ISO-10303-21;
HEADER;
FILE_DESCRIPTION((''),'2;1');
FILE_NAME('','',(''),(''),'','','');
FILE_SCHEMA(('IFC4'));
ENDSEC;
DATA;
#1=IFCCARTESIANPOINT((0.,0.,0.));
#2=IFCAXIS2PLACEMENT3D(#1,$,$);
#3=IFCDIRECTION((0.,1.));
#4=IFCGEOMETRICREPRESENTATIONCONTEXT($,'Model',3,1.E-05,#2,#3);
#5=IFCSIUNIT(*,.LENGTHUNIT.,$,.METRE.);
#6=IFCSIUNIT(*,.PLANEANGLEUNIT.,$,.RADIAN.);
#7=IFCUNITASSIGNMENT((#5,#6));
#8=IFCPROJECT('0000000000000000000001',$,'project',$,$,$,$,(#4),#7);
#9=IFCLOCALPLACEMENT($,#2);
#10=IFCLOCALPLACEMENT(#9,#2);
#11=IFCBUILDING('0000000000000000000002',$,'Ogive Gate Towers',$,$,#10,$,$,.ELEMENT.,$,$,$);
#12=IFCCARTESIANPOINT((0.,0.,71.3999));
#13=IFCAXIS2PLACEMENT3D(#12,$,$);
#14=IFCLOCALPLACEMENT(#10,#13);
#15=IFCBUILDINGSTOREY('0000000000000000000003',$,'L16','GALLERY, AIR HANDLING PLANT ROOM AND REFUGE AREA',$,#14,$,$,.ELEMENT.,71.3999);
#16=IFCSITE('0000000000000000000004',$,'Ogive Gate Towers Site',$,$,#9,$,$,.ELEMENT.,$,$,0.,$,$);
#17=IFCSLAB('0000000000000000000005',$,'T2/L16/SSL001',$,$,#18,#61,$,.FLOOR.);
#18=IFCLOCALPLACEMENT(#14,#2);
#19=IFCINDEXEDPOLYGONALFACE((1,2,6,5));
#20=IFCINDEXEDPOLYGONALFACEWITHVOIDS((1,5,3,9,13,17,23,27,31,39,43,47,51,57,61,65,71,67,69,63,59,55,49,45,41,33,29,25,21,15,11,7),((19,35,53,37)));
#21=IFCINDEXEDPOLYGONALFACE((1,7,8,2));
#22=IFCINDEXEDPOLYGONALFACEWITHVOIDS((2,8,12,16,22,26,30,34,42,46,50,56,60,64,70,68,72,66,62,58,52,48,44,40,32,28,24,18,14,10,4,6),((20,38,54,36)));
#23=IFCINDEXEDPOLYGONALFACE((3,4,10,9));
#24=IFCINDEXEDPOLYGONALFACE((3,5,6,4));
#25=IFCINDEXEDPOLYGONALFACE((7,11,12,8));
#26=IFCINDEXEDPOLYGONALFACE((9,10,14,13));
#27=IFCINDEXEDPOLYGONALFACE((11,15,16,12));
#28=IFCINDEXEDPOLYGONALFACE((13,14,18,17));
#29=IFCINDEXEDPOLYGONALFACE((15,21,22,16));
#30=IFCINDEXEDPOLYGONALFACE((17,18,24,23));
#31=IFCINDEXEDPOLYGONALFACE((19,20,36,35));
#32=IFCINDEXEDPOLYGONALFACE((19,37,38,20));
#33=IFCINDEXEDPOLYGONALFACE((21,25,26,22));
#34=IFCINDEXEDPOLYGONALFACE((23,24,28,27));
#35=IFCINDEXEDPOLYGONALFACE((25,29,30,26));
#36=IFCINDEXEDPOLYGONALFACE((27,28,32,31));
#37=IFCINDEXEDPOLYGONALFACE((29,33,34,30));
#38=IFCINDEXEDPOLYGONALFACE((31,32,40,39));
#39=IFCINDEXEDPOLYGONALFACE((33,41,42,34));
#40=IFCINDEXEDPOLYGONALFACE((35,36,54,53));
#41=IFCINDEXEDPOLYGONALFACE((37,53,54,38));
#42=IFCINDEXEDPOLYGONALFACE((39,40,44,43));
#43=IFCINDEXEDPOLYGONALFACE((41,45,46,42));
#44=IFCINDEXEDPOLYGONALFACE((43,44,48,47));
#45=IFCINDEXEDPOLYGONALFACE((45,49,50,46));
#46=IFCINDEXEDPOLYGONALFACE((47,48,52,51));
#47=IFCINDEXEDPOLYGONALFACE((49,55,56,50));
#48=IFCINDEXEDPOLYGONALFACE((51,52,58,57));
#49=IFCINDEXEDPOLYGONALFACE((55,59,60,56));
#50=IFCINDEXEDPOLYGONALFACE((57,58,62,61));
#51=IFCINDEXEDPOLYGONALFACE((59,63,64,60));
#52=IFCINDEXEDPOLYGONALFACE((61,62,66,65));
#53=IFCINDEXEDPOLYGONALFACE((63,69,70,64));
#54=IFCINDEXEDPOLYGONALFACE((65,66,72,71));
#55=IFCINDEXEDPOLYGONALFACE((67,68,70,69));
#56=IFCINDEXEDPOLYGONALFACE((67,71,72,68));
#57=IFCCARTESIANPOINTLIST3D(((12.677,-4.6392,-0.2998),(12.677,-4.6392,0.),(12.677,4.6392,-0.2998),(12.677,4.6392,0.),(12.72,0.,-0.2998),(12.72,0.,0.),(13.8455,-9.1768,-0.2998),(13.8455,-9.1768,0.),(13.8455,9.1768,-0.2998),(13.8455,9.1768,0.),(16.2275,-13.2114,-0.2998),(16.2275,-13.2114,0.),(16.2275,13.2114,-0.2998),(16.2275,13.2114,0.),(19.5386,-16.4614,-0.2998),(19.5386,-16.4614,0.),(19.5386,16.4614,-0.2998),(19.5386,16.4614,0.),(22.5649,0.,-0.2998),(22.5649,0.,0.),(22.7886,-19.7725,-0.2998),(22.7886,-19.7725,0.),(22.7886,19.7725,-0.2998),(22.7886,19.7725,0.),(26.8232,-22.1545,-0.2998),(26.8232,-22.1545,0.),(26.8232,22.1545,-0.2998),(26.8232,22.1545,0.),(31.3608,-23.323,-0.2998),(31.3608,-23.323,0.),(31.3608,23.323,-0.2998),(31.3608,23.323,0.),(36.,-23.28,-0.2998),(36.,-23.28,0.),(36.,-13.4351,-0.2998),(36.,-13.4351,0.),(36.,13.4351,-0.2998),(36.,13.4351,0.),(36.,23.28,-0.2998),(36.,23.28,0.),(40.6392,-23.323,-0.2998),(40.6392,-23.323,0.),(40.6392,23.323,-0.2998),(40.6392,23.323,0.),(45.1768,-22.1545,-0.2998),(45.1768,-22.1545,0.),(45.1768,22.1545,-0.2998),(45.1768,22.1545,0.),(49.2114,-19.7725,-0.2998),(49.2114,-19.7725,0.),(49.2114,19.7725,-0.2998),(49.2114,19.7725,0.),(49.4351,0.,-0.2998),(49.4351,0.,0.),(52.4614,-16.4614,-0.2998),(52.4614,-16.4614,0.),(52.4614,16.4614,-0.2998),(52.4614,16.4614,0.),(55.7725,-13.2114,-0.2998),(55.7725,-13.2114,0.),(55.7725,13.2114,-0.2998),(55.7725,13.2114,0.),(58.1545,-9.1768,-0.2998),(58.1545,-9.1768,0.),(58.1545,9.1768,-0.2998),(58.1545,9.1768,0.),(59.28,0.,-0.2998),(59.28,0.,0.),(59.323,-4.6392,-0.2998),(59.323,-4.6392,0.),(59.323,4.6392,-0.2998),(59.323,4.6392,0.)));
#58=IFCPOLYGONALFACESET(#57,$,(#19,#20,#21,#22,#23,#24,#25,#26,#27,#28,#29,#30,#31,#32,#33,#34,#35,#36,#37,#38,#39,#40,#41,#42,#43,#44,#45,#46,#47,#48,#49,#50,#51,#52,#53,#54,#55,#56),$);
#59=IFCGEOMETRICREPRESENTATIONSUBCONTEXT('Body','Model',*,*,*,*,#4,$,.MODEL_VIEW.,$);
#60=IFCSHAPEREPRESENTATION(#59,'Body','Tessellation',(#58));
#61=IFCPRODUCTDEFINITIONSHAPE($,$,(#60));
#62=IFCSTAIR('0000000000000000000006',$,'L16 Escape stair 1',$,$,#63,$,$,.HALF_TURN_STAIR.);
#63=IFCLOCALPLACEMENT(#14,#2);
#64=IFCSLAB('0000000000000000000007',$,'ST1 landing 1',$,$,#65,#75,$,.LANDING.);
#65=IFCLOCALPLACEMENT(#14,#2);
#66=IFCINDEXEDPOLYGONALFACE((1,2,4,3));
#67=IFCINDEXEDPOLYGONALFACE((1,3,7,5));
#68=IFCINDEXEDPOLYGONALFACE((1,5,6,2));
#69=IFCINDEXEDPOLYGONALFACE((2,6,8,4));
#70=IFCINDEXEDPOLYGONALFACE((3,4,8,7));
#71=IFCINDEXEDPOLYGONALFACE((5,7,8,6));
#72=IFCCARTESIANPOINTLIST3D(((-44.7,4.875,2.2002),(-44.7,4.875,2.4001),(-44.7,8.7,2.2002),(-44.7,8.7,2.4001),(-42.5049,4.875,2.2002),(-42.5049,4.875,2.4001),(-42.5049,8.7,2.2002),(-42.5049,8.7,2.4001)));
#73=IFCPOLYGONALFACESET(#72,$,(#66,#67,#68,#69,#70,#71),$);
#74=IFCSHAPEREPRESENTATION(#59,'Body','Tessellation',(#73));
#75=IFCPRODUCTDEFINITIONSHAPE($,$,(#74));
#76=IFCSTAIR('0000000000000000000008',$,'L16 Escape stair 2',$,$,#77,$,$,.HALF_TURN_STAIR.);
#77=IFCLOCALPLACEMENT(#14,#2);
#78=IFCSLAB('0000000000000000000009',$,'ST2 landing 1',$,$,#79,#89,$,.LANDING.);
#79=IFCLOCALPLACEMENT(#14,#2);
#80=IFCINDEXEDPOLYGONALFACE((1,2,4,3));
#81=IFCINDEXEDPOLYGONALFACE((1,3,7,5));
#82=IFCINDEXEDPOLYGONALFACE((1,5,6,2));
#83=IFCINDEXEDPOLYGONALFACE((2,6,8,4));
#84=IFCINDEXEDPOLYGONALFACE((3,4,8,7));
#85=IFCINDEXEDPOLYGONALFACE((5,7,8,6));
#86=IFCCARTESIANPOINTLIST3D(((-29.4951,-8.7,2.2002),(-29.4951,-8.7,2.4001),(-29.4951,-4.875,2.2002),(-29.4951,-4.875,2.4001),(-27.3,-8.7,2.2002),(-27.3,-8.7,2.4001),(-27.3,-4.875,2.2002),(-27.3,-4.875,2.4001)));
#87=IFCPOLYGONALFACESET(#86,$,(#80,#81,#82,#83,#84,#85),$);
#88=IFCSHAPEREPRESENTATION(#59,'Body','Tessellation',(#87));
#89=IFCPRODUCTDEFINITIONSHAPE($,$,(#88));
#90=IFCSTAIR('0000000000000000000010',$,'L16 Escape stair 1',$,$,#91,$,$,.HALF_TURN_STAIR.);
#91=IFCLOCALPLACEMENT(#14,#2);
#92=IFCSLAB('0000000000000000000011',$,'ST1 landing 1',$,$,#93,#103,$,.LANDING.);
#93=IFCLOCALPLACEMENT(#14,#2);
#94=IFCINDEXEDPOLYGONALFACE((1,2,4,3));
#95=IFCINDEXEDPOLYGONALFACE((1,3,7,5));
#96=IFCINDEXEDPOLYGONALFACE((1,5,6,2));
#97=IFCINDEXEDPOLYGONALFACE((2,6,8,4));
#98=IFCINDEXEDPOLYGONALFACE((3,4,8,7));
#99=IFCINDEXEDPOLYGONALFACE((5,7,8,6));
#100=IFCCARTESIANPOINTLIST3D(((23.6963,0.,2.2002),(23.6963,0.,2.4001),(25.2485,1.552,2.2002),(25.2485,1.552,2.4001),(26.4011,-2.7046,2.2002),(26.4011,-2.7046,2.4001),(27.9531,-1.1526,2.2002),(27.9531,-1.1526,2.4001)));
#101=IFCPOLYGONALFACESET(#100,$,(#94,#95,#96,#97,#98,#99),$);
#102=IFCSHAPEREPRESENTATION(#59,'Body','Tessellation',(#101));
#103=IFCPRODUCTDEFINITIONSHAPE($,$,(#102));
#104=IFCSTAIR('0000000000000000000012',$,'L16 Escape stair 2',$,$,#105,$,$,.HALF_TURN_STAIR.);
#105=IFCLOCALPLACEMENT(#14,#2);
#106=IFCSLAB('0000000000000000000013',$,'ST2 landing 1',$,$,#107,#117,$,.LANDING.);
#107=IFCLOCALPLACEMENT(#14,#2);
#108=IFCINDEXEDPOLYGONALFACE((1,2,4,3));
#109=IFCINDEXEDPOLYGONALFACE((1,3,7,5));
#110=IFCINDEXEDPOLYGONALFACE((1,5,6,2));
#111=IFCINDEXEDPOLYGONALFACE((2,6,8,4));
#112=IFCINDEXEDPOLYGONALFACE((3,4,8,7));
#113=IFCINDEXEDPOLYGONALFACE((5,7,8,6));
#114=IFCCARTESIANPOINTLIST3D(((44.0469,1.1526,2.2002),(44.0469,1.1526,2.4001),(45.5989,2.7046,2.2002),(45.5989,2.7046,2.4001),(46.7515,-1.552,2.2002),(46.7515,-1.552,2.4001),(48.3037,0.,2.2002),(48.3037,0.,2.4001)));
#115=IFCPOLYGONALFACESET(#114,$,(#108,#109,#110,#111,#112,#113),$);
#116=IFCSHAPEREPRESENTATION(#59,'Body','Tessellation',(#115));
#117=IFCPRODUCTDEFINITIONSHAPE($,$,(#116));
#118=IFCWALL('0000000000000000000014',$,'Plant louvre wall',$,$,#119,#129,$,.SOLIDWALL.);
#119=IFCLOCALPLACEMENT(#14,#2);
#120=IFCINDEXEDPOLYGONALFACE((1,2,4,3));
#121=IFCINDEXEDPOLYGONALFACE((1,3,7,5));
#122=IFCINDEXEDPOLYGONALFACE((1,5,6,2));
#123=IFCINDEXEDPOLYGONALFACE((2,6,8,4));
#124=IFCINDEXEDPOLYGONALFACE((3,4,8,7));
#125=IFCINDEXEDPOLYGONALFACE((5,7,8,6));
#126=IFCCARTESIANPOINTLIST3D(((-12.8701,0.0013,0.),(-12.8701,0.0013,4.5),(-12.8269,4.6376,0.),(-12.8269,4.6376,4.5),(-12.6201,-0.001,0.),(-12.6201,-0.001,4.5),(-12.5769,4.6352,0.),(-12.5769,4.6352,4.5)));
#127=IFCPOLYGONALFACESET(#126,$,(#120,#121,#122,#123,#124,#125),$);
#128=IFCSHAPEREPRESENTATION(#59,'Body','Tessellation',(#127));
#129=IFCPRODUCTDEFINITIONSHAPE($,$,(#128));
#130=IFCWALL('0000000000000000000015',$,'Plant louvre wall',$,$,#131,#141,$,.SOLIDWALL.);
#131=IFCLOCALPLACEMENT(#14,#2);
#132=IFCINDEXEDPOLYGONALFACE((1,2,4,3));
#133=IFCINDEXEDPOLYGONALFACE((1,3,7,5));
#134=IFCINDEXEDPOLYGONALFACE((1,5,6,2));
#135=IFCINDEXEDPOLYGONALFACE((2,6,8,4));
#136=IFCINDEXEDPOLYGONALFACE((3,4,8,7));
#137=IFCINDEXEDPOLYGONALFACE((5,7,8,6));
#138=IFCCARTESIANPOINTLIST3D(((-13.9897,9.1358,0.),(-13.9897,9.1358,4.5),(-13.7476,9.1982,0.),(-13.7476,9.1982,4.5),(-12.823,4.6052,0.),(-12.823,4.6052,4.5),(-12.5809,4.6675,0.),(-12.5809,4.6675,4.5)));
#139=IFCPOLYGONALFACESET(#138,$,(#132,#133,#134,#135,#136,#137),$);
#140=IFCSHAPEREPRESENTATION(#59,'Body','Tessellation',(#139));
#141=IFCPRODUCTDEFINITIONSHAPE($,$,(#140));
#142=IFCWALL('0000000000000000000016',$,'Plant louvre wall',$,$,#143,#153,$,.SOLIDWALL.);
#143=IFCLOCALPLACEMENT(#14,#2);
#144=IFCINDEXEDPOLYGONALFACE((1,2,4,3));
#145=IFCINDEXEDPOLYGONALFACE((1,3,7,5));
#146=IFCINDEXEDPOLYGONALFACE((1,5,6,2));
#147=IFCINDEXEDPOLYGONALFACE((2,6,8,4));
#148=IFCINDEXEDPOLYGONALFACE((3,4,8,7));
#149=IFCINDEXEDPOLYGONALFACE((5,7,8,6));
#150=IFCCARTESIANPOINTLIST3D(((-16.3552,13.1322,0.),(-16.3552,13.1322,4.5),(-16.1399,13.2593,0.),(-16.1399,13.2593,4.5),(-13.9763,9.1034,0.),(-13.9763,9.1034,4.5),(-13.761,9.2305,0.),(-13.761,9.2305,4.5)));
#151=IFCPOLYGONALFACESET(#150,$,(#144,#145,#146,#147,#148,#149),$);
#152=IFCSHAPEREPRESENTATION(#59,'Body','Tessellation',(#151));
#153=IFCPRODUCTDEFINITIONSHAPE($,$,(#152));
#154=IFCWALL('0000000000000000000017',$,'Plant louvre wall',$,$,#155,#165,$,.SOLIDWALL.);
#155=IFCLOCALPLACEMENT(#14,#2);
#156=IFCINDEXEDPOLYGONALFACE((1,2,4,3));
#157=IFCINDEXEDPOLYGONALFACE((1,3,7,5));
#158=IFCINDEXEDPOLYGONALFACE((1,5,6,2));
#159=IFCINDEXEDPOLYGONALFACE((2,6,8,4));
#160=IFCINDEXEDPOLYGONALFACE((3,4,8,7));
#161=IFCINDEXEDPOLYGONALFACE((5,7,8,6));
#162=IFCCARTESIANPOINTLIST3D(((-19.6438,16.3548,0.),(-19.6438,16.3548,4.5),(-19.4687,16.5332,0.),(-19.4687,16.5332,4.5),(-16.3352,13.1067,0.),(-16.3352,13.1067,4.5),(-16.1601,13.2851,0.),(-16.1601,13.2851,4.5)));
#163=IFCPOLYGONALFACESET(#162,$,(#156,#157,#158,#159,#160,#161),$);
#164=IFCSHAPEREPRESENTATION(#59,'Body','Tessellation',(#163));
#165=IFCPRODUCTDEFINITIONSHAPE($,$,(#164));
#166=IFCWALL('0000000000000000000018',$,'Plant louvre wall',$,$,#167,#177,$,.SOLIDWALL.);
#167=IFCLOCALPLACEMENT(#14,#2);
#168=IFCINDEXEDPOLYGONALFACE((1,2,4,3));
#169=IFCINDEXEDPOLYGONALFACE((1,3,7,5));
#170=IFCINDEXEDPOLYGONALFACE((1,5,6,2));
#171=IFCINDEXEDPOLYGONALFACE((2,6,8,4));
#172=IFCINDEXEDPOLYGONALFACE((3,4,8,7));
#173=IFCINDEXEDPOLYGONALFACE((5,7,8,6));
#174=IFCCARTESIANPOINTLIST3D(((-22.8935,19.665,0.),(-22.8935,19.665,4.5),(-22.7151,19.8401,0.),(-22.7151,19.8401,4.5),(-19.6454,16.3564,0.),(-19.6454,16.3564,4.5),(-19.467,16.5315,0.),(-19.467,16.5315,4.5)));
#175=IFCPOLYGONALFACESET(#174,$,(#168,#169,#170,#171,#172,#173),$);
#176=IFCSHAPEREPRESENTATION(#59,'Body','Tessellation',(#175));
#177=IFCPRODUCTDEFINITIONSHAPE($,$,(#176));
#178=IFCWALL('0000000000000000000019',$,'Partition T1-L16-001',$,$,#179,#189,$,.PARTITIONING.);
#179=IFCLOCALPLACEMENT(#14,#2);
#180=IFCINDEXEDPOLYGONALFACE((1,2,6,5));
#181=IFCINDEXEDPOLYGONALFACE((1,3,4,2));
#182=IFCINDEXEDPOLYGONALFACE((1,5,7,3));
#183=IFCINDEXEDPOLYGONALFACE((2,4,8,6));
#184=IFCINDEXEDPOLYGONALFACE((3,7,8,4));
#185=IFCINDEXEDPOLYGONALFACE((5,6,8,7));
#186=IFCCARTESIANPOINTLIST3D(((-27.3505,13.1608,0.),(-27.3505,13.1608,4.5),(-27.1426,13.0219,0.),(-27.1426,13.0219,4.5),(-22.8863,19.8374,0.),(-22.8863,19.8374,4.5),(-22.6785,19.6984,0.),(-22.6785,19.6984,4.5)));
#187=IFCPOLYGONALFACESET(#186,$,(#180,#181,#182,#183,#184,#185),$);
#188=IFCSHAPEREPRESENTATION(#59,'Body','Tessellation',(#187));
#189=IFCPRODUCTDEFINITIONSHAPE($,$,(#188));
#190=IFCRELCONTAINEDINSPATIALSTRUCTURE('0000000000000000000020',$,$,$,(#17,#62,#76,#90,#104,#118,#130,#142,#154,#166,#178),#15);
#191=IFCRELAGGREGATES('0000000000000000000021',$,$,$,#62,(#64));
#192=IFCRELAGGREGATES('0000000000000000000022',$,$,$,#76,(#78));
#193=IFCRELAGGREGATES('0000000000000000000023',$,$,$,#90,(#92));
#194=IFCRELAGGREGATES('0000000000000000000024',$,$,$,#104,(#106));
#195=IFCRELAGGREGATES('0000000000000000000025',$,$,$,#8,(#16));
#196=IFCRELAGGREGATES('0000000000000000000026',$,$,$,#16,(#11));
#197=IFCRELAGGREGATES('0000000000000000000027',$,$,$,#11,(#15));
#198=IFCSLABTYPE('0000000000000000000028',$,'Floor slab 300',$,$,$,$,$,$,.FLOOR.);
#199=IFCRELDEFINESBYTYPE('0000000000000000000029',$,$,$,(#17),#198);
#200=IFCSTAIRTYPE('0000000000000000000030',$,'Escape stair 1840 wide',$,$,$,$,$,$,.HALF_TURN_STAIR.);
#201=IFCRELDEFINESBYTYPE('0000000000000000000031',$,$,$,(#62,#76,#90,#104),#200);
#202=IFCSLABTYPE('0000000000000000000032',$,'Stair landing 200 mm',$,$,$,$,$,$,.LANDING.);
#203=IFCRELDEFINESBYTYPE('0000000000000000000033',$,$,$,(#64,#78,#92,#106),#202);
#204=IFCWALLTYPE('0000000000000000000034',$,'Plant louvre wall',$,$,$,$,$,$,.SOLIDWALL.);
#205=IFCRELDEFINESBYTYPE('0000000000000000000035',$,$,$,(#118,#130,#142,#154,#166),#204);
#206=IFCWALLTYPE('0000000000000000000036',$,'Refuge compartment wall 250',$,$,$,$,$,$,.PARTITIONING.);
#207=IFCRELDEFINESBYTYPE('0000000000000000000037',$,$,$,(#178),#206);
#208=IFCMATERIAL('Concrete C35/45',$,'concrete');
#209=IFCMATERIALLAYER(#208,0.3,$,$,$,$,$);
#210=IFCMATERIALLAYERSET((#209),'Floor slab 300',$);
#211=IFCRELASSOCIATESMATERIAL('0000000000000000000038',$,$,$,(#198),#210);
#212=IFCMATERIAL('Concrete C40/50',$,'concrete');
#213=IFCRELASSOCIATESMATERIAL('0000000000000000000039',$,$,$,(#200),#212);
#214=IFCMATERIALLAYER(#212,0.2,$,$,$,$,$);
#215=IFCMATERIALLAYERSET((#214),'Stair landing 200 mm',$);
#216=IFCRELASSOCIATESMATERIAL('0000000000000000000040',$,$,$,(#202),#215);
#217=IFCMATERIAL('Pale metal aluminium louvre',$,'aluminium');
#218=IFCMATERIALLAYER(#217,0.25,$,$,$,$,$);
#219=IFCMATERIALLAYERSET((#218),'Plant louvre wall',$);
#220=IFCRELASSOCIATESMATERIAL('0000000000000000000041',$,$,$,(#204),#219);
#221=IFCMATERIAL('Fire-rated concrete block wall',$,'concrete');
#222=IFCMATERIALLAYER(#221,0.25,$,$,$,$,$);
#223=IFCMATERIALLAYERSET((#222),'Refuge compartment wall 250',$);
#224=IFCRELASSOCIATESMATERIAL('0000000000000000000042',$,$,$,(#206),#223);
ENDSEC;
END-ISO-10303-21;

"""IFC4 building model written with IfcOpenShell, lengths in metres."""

from ifc_helpers import new_model, si_unit, direction, frame, frame_2d, origin, place, context, subcontext, project, spatial, polyline, rectangle, outline, extrude, material, layer, layer_set, type_object, element, aggregate, save


model = new_model("IFC4")

# Units and contexts
model_context = context("Model", 3, precision=1e-05, world=origin(), true_north=direction((0.0, 1.0)))
body_context = subcontext(model_context, "Body", "Model", "MODEL_VIEW")
ifc_project = project(units=[si_unit("LENGTHUNIT", "METRE"), si_unit("PLANEANGLEUNIT", "RADIAN")], contexts=[model_context])

# Site, building, storey
site_placement = place(None, origin())
site = spatial("IfcSite", under=ifc_project, at=site_placement, Name="Ogive Gate Towers Site", CompositionType="ELEMENT", RefElevation=0.0)
building_placement = place(site_placement, origin())
building = spatial("IfcBuilding", under=site, at=building_placement, Name="Ogive Gate Towers", CompositionType="ELEMENT")
storey_placement = place(building_placement, frame((0.0, 0.0, 71.3999)))
storey = spatial("IfcBuildingStorey", under=building, at=storey_placement, Name="L16", Description="GALLERY, AIR HANDLING PLANT ROOM AND REFUGE AREA", CompositionType="ELEMENT", Elevation=71.3999)

# Slab
ifc_material_1 = material(Name="Concrete C40/50", Category="concrete")
ifc_material_2 = material(Name="Concrete C35/45", Category="concrete")
ifc_layer_1 = layer(ifc_material_2, 0.3)
ifc_layer_set_1 = layer_set([ifc_layer_1], Name="Floor slab 300")
slab_type_1 = type_object("IfcSlabType", Name="Floor slab 300", PredefinedType="FLOOR", material=ifc_layer_set_1)
slab_1_placement = place(storey_placement, frame((0.0, 0.0, -0.2998)))
element("IfcSlab", 1, at=slab_1_placement, inside=storey, type_object=slab_type_1, Name="T2/L16/SSL001", PredefinedType="FLOOR", context=body_context, shape_type="SweptSolid", body=[
    extrude(outline(polyline([(59.323, -4.6392), (59.28, 0.0), (59.323, 4.6392), (58.1545, 9.1768), (55.7725, 13.2114), (52.4614, 16.4614), (49.2114, 19.7725), (45.1768, 22.1545), (40.6392, 23.323), (36.0, 23.28), (31.3608, 23.323), (26.8232, 22.1545), (22.7886, 19.7725), (19.5386, 16.4614), (16.2275, 13.2114), (13.8455, 9.1768), (12.677, 4.6392), (12.72, 0.0), (12.677, -4.6392), (13.8455, -9.1768), (16.2275, -13.2114), (19.5386, -16.4614), (22.7886, -19.7725), (26.8232, -22.1545), (31.3608, -23.323), (36.0, -23.28), (40.6392, -23.323), (45.1768, -22.1545), (49.2114, -19.7725), (52.4614, -16.4614), (55.7725, -13.2114), (58.1545, -9.1768), (59.323, -4.6392)]), holes=[polyline([(49.4351, 0.0), (36.0, -13.4351), (22.5649, 0.0), (36.0, 13.4351), (49.4351, 0.0)])]), origin(), (0.0, 0.0, 1.0), 0.2998),
])

# Stairs, slabs
stair_type = type_object("IfcStairType", Name="Escape stair 1840 wide", PredefinedType="HALF_TURN_STAIR", material=ifc_material_1)
stair_1_placement = place(storey_placement, origin())
stair_1 = element("IfcStair", 2, at=stair_1_placement, inside=storey, type_object=stair_type, Name="L16 Escape stair 1", PredefinedType="HALF_TURN_STAIR")
ifc_layer_2 = layer(ifc_material_1, 0.2)
ifc_layer_set_2 = layer_set([ifc_layer_2], Name="Stair landing 200 mm")
slab_type_2 = type_object("IfcSlabType", Name="Stair landing 200 mm", PredefinedType="LANDING", material=ifc_layer_set_2)
slab_2_placement = place(storey_placement, frame((0.0, 0.0, 2.2002)))
slab_2 = element("IfcSlab", 3, at=slab_2_placement, type_object=slab_type_2, Name="ST1 landing 1", PredefinedType="LANDING", context=body_context, shape_type="SweptSolid", body=[
    extrude(outline(polyline([(-42.5049, 8.7), (-44.7, 8.7), (-44.7, 4.875), (-42.5049, 4.875), (-42.5049, 8.7)])), origin(), (0.0, 0.0, 1.0), 0.2),
])
aggregate(stair_1, [slab_2])
stair_2_placement = place(storey_placement, origin())
stair_2 = element("IfcStair", 4, at=stair_2_placement, inside=storey, type_object=stair_type, Name="L16 Escape stair 2", PredefinedType="HALF_TURN_STAIR")
slab_3_placement = place(storey_placement, frame((0.0, 0.0, 2.2002)))
slab_3 = element("IfcSlab", 5, at=slab_3_placement, type_object=slab_type_2, Name="ST2 landing 1", PredefinedType="LANDING", context=body_context, shape_type="SweptSolid", body=[
    extrude(outline(polyline([(-29.4951, -8.7), (-27.3, -8.7), (-27.3, -4.875), (-29.4951, -4.875), (-29.4951, -8.7)])), origin(), (0.0, 0.0, 1.0), 0.2),
])
aggregate(stair_2, [slab_3])
stair_3_placement = place(storey_placement, origin())
stair_3 = element("IfcStair", 6, at=stair_3_placement, inside=storey, type_object=stair_type, Name="L16 Escape stair 1", PredefinedType="HALF_TURN_STAIR")
slab_4_placement = place(storey_placement, frame((0.0, 0.0, 2.2002)))
slab_4 = element("IfcSlab", 7, at=slab_4_placement, type_object=slab_type_2, Name="ST1 landing 1", PredefinedType="LANDING", context=body_context, shape_type="SweptSolid", body=[
    extrude(outline(polyline([(25.2485, 1.552), (23.6963, 0.0), (26.4011, -2.7046), (27.9531, -1.1526), (25.2485, 1.552)])), origin(), (0.0, 0.0, 1.0), 0.2),
])
aggregate(stair_3, [slab_4])
stair_4_placement = place(storey_placement, origin())
stair_4 = element("IfcStair", 8, at=stair_4_placement, inside=storey, type_object=stair_type, Name="L16 Escape stair 2", PredefinedType="HALF_TURN_STAIR")
slab_5_placement = place(storey_placement, frame((0.0, 0.0, 2.2002)))
slab_5 = element("IfcSlab", 9, at=slab_5_placement, type_object=slab_type_2, Name="ST2 landing 1", PredefinedType="LANDING", context=body_context, shape_type="SweptSolid", body=[
    extrude(outline(polyline([(46.7515, -1.552), (48.3037, 0.0), (45.5989, 2.7046), (44.0469, 1.1526), (46.7515, -1.552)])), origin(), (0.0, 0.0, 1.0), 0.2),
])
aggregate(stair_4, [slab_5])

# Walls
ifc_material_3 = material(Name="Pale metal aluminium louvre", Category="aluminium")
ifc_layer_3 = layer(ifc_material_3, 0.25)
ifc_layer_set_3 = layer_set([ifc_layer_3], Name="Plant louvre wall")
wall_type_1 = type_object("IfcWallType", Name="Plant louvre wall", PredefinedType="SOLIDWALL", material=ifc_layer_set_3)
wall_1_placement = place(storey_placement, frame((-12.7451, 0.0, 0.0), z_axis=(0.0, 0.0, 1.0), x_axis=(0.00932, 0.999957, 0.0)))
element("IfcWall", 10, at=wall_1_placement, inside=storey, type_object=wall_type_1, Name="Plant louvre wall", PredefinedType="SOLIDWALL", context=body_context, shape_type="SweptSolid", body=[
    extrude(rectangle(XDim=4.6365, YDim=0.25, at=frame_2d((2.3184, 0.0))), origin(), (0.0, 0.0, 1.0), 4.5),
])
wall_2_placement = place(storey_placement, frame((-12.7019, 4.6362, 0.0), z_axis=(0.0, 0.0, 1.0), x_axis=(-0.249381, 0.968405, 0.0)))
element("IfcWall", 11, at=wall_2_placement, inside=storey, type_object=wall_type_1, Name="Plant louvre wall", PredefinedType="SOLIDWALL", context=body_context, shape_type="SweptSolid", body=[
    extrude(rectangle(XDim=4.6785, YDim=0.25, at=frame_2d((2.3394, 0.0))), origin(), (0.0, 0.0, 1.0), 4.5),
])
wall_3_placement = place(storey_placement, frame((-13.8687, 9.167, 0.0), z_axis=(0.0, 0.0, 1.0), x_axis=(-0.508452, 0.861091, 0.0)))
element("IfcWall", 12, at=wall_3_placement, inside=storey, type_object=wall_type_1, Name="Plant louvre wall", PredefinedType="SOLIDWALL", context=body_context, shape_type="SweptSolid", body=[
    extrude(rectangle(XDim=4.6787, YDim=0.25, at=frame_2d((2.3394, 0.0))), origin(), (0.0, 0.0, 1.0), 4.5),
])
for number, where, z_axis, x_axis, name in (
    (13, (-16.2476, 13.1958, 0.0), (0.0, 0.0, 1.0), (-0.713606, 0.700547, 0.0), "Plant louvre wall"),
    (14, (-19.5562, 16.4438, 0.0), (0.0, 0.0, 1.0), (-0.700547, 0.713606, 0.0), "Plant louvre wall"),
):
    element("IfcWall", number, at=place(storey_placement, frame(where, z_axis=z_axis, x_axis=x_axis)), inside=storey, type_object=wall_type_1, Name=name, PredefinedType="SOLIDWALL", context=body_context, shape_type="SweptSolid", body=[
        extrude(rectangle(XDim=4.6365, YDim=0.25, at=frame_2d((2.3184, 0.0))), origin(), (0.0, 0.0, 1.0), 4.5),
    ])
ifc_material_4 = material(Name="Fire-rated concrete block wall", Category="concrete")
ifc_layer_4 = layer(ifc_material_4, 0.25)
ifc_layer_set_4 = layer_set([ifc_layer_4], Name="Refuge compartment wall 250")
wall_type_2 = type_object("IfcWallType", Name="Refuge compartment wall 250", PredefinedType="PARTITIONING", material=ifc_layer_set_4)
wall_4_placement = place(storey_placement, frame((-22.7825, 19.7678, 0.0), z_axis=(0.0, 0.0, 1.0), x_axis=(-0.555829, -0.831297, 0.0)))
element("IfcWall", 15, at=wall_4_placement, inside=storey, type_object=wall_type_2, Name="Partition T1-L16-001", PredefinedType="PARTITIONING", context=body_context, shape_type="SweptSolid", body=[
    extrude(rectangle(XDim=8.0315, YDim=0.25, at=frame_2d((4.0156, 0.0))), origin(), (0.0, 0.0, 1.0), 4.5),
])

save(model, "model.ifc")
